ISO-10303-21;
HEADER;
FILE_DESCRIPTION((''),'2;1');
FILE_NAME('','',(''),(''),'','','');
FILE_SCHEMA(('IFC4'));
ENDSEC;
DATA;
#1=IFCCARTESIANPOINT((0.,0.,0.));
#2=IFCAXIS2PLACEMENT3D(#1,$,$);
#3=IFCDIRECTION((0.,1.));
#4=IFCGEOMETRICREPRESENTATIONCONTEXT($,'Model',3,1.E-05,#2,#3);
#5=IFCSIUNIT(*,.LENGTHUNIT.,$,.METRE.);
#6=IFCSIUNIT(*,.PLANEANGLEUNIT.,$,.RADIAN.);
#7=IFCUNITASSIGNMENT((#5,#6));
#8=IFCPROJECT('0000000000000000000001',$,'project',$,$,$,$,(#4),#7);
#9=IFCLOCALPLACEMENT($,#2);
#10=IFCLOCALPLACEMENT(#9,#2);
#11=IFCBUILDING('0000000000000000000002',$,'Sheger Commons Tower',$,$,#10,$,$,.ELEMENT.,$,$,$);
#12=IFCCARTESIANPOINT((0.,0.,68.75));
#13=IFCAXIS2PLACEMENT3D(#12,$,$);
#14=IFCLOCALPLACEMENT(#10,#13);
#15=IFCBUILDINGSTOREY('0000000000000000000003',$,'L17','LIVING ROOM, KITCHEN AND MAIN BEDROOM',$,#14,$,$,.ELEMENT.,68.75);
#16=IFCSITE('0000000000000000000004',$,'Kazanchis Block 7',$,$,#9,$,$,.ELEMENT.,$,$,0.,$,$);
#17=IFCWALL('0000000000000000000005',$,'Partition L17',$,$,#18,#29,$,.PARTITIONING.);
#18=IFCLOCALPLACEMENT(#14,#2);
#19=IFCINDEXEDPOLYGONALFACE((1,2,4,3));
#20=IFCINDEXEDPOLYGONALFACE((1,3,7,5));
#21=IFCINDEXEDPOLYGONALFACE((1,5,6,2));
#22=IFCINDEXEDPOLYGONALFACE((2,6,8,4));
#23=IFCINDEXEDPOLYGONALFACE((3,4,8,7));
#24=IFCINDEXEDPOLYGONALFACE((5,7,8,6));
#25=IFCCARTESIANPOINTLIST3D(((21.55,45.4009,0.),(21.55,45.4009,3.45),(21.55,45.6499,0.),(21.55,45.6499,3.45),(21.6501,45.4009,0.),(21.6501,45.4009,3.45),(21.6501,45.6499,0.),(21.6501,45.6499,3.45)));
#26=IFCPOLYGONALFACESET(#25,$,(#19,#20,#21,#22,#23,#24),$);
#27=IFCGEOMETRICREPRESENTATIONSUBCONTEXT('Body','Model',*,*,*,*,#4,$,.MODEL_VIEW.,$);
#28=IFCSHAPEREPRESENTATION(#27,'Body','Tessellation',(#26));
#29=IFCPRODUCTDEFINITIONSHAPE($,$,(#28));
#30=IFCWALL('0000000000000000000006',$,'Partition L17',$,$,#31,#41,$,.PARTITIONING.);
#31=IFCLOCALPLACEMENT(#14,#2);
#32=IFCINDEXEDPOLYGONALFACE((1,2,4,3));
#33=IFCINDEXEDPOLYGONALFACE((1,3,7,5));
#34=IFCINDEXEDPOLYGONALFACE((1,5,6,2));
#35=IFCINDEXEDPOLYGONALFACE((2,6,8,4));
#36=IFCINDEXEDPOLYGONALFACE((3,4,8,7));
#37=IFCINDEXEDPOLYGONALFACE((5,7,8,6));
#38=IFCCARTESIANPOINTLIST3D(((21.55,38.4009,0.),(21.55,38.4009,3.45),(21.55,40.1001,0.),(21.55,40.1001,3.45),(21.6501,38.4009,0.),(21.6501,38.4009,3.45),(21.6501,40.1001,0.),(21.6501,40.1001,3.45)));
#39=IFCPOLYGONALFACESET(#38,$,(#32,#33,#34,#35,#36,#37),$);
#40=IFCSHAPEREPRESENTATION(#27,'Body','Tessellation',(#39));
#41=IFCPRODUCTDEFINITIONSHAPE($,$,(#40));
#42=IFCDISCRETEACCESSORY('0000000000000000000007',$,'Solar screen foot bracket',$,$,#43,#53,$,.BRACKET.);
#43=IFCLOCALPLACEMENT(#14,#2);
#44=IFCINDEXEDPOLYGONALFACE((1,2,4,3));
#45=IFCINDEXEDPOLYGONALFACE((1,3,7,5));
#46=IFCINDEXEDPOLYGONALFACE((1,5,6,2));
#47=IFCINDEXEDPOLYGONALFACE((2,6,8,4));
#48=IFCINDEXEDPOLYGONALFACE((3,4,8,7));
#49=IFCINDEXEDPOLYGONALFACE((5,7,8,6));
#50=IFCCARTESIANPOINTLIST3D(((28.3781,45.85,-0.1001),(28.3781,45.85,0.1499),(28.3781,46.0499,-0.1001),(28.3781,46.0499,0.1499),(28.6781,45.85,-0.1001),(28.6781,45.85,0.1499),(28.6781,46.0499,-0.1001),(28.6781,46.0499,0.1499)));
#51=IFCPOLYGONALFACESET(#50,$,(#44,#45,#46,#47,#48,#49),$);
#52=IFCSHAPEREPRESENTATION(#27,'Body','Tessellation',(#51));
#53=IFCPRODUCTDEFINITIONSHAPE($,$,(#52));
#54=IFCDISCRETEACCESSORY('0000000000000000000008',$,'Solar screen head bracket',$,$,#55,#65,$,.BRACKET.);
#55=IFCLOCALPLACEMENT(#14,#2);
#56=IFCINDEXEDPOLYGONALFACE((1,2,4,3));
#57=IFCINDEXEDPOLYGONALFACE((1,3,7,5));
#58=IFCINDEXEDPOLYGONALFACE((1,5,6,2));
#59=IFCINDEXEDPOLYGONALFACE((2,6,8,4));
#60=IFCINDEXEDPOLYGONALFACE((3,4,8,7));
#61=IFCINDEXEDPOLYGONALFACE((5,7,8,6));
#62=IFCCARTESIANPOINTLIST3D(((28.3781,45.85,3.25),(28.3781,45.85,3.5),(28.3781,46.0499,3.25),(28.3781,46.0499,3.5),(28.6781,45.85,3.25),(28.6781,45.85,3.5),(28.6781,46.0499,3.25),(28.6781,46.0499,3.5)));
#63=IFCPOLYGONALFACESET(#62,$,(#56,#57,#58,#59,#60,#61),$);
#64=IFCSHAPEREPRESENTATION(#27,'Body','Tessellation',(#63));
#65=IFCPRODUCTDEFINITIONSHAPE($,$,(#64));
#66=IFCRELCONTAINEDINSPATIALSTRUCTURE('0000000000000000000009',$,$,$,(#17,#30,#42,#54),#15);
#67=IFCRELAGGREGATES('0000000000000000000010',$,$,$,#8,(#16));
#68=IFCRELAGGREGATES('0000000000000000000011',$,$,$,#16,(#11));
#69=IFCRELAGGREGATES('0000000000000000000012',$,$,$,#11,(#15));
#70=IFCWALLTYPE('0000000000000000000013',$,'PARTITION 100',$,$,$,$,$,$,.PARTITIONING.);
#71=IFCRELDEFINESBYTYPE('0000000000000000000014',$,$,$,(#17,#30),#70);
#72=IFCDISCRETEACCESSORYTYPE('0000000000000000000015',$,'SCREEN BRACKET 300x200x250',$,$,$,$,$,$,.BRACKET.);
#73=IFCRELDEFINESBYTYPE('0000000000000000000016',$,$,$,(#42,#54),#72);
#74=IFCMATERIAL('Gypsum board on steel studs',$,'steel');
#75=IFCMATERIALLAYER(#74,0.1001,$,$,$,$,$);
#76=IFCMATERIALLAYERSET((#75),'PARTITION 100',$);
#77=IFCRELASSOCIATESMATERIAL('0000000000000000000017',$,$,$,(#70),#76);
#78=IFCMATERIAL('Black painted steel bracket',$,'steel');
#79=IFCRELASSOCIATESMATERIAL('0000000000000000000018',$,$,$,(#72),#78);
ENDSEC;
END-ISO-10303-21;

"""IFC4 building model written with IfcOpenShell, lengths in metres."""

from ifc_helpers import new_model, si_unit, direction, frame, frame_2d, origin, origin_2d, place, context, subcontext, project, spatial, rectangle, extrude, material, layer, layer_set, type_object, element, save


model = new_model("IFC4")

# Units and contexts
model_context = context("Model", 3, precision=1e-05, world=origin(), true_north=direction((0.0, 1.0)))
body_context = subcontext(model_context, "Body", "Model", "MODEL_VIEW")
ifc_project = project(units=[si_unit("LENGTHUNIT", "METRE"), si_unit("PLANEANGLEUNIT", "RADIAN")], contexts=[model_context])

# Site, building, storey
site_placement = place(None, origin())
site = spatial("IfcSite", under=ifc_project, at=site_placement, Name="Kazanchis Block 7", CompositionType="ELEMENT", RefElevation=0.0)
building_placement = place(site_placement, origin())
building = spatial("IfcBuilding", under=site, at=building_placement, Name="Sheger Commons Tower", CompositionType="ELEMENT")
storey_placement = place(building_placement, frame((0.0, 0.0, 68.75)))
storey = spatial("IfcBuildingStorey", under=building, at=storey_placement, Name="L17", Description="LIVING ROOM, KITCHEN AND MAIN BEDROOM", CompositionType="ELEMENT", Elevation=68.75)

# Shared definitions
ifc_material_1 = material(Name="Gypsum board on steel studs", Category="steel")
ifc_layer_1 = layer(ifc_material_1, 0.1001)
ifc_layer_set_1 = layer_set([ifc_layer_1], Name="PARTITION 100")
wall_type_1 = type_object("IfcWallType", Name="PARTITION 100", PredefinedType="PARTITIONING", material=ifc_layer_set_1)

# Walls
wall_1_placement = place(storey_placement, frame((21.6001, 45.4009, 0.0), z_axis=(0.0, 0.0, 1.0), x_axis=(0.0, 1.0, 0.0)))
element("IfcWall", 1, at=wall_1_placement, inside=storey, type_object=wall_type_1, Name="Partition L17", PredefinedType="PARTITIONING", context=body_context, shape_type="SweptSolid", body=[
    extrude(rectangle(XDim=0.249, YDim=0.1001, at=frame_2d((0.1245, 0.0))), origin(), (0.0, 0.0, 1.0), 3.45),
])
wall_2_placement = place(storey_placement, frame((21.6001, 38.4009, 0.0), z_axis=(0.0, 0.0, 1.0), x_axis=(0.0, 1.0, 0.0)))
element("IfcWall", 2, at=wall_2_placement, inside=storey, type_object=wall_type_1, Name="Partition L17", PredefinedType="PARTITIONING", context=body_context, shape_type="SweptSolid", body=[
    extrude(rectangle(XDim=1.6992, YDim=0.1001, at=frame_2d((0.8496, 0.0))), origin(), (0.0, 0.0, 1.0), 3.45),
])

# Discrete accessories
ifc_material_2 = material(Name="Black painted steel bracket", Category="steel")
discrete_accessory_type = type_object("IfcDiscreteAccessoryType", Name="SCREEN BRACKET 300x200x250", PredefinedType="BRACKET", material=ifc_material_2)
for number, where, z_axis, x_axis, name in (
    (3, (28.5281, 45.95, -0.1001), (0.0, 0.0, 1.0), (-1.0, 0.0, 0.0), "Solar screen foot bracket"),
    (4, (28.5281, 45.95, 3.25), (0.0, 0.0, 1.0), (-1.0, 0.0, 0.0), "Solar screen head bracket"),
):
    element("IfcDiscreteAccessory", number, at=place(storey_placement, frame(where, z_axis=z_axis, x_axis=x_axis)), inside=storey, type_object=discrete_accessory_type, Name=name, PredefinedType="BRACKET", context=body_context, shape_type="SweptSolid", body=[
        extrude(rectangle(XDim=0.3, YDim=0.2, at=origin_2d()), origin(), (0.0, 0.0, 1.0), 0.25),
    ])

save(model, "model.ifc")
